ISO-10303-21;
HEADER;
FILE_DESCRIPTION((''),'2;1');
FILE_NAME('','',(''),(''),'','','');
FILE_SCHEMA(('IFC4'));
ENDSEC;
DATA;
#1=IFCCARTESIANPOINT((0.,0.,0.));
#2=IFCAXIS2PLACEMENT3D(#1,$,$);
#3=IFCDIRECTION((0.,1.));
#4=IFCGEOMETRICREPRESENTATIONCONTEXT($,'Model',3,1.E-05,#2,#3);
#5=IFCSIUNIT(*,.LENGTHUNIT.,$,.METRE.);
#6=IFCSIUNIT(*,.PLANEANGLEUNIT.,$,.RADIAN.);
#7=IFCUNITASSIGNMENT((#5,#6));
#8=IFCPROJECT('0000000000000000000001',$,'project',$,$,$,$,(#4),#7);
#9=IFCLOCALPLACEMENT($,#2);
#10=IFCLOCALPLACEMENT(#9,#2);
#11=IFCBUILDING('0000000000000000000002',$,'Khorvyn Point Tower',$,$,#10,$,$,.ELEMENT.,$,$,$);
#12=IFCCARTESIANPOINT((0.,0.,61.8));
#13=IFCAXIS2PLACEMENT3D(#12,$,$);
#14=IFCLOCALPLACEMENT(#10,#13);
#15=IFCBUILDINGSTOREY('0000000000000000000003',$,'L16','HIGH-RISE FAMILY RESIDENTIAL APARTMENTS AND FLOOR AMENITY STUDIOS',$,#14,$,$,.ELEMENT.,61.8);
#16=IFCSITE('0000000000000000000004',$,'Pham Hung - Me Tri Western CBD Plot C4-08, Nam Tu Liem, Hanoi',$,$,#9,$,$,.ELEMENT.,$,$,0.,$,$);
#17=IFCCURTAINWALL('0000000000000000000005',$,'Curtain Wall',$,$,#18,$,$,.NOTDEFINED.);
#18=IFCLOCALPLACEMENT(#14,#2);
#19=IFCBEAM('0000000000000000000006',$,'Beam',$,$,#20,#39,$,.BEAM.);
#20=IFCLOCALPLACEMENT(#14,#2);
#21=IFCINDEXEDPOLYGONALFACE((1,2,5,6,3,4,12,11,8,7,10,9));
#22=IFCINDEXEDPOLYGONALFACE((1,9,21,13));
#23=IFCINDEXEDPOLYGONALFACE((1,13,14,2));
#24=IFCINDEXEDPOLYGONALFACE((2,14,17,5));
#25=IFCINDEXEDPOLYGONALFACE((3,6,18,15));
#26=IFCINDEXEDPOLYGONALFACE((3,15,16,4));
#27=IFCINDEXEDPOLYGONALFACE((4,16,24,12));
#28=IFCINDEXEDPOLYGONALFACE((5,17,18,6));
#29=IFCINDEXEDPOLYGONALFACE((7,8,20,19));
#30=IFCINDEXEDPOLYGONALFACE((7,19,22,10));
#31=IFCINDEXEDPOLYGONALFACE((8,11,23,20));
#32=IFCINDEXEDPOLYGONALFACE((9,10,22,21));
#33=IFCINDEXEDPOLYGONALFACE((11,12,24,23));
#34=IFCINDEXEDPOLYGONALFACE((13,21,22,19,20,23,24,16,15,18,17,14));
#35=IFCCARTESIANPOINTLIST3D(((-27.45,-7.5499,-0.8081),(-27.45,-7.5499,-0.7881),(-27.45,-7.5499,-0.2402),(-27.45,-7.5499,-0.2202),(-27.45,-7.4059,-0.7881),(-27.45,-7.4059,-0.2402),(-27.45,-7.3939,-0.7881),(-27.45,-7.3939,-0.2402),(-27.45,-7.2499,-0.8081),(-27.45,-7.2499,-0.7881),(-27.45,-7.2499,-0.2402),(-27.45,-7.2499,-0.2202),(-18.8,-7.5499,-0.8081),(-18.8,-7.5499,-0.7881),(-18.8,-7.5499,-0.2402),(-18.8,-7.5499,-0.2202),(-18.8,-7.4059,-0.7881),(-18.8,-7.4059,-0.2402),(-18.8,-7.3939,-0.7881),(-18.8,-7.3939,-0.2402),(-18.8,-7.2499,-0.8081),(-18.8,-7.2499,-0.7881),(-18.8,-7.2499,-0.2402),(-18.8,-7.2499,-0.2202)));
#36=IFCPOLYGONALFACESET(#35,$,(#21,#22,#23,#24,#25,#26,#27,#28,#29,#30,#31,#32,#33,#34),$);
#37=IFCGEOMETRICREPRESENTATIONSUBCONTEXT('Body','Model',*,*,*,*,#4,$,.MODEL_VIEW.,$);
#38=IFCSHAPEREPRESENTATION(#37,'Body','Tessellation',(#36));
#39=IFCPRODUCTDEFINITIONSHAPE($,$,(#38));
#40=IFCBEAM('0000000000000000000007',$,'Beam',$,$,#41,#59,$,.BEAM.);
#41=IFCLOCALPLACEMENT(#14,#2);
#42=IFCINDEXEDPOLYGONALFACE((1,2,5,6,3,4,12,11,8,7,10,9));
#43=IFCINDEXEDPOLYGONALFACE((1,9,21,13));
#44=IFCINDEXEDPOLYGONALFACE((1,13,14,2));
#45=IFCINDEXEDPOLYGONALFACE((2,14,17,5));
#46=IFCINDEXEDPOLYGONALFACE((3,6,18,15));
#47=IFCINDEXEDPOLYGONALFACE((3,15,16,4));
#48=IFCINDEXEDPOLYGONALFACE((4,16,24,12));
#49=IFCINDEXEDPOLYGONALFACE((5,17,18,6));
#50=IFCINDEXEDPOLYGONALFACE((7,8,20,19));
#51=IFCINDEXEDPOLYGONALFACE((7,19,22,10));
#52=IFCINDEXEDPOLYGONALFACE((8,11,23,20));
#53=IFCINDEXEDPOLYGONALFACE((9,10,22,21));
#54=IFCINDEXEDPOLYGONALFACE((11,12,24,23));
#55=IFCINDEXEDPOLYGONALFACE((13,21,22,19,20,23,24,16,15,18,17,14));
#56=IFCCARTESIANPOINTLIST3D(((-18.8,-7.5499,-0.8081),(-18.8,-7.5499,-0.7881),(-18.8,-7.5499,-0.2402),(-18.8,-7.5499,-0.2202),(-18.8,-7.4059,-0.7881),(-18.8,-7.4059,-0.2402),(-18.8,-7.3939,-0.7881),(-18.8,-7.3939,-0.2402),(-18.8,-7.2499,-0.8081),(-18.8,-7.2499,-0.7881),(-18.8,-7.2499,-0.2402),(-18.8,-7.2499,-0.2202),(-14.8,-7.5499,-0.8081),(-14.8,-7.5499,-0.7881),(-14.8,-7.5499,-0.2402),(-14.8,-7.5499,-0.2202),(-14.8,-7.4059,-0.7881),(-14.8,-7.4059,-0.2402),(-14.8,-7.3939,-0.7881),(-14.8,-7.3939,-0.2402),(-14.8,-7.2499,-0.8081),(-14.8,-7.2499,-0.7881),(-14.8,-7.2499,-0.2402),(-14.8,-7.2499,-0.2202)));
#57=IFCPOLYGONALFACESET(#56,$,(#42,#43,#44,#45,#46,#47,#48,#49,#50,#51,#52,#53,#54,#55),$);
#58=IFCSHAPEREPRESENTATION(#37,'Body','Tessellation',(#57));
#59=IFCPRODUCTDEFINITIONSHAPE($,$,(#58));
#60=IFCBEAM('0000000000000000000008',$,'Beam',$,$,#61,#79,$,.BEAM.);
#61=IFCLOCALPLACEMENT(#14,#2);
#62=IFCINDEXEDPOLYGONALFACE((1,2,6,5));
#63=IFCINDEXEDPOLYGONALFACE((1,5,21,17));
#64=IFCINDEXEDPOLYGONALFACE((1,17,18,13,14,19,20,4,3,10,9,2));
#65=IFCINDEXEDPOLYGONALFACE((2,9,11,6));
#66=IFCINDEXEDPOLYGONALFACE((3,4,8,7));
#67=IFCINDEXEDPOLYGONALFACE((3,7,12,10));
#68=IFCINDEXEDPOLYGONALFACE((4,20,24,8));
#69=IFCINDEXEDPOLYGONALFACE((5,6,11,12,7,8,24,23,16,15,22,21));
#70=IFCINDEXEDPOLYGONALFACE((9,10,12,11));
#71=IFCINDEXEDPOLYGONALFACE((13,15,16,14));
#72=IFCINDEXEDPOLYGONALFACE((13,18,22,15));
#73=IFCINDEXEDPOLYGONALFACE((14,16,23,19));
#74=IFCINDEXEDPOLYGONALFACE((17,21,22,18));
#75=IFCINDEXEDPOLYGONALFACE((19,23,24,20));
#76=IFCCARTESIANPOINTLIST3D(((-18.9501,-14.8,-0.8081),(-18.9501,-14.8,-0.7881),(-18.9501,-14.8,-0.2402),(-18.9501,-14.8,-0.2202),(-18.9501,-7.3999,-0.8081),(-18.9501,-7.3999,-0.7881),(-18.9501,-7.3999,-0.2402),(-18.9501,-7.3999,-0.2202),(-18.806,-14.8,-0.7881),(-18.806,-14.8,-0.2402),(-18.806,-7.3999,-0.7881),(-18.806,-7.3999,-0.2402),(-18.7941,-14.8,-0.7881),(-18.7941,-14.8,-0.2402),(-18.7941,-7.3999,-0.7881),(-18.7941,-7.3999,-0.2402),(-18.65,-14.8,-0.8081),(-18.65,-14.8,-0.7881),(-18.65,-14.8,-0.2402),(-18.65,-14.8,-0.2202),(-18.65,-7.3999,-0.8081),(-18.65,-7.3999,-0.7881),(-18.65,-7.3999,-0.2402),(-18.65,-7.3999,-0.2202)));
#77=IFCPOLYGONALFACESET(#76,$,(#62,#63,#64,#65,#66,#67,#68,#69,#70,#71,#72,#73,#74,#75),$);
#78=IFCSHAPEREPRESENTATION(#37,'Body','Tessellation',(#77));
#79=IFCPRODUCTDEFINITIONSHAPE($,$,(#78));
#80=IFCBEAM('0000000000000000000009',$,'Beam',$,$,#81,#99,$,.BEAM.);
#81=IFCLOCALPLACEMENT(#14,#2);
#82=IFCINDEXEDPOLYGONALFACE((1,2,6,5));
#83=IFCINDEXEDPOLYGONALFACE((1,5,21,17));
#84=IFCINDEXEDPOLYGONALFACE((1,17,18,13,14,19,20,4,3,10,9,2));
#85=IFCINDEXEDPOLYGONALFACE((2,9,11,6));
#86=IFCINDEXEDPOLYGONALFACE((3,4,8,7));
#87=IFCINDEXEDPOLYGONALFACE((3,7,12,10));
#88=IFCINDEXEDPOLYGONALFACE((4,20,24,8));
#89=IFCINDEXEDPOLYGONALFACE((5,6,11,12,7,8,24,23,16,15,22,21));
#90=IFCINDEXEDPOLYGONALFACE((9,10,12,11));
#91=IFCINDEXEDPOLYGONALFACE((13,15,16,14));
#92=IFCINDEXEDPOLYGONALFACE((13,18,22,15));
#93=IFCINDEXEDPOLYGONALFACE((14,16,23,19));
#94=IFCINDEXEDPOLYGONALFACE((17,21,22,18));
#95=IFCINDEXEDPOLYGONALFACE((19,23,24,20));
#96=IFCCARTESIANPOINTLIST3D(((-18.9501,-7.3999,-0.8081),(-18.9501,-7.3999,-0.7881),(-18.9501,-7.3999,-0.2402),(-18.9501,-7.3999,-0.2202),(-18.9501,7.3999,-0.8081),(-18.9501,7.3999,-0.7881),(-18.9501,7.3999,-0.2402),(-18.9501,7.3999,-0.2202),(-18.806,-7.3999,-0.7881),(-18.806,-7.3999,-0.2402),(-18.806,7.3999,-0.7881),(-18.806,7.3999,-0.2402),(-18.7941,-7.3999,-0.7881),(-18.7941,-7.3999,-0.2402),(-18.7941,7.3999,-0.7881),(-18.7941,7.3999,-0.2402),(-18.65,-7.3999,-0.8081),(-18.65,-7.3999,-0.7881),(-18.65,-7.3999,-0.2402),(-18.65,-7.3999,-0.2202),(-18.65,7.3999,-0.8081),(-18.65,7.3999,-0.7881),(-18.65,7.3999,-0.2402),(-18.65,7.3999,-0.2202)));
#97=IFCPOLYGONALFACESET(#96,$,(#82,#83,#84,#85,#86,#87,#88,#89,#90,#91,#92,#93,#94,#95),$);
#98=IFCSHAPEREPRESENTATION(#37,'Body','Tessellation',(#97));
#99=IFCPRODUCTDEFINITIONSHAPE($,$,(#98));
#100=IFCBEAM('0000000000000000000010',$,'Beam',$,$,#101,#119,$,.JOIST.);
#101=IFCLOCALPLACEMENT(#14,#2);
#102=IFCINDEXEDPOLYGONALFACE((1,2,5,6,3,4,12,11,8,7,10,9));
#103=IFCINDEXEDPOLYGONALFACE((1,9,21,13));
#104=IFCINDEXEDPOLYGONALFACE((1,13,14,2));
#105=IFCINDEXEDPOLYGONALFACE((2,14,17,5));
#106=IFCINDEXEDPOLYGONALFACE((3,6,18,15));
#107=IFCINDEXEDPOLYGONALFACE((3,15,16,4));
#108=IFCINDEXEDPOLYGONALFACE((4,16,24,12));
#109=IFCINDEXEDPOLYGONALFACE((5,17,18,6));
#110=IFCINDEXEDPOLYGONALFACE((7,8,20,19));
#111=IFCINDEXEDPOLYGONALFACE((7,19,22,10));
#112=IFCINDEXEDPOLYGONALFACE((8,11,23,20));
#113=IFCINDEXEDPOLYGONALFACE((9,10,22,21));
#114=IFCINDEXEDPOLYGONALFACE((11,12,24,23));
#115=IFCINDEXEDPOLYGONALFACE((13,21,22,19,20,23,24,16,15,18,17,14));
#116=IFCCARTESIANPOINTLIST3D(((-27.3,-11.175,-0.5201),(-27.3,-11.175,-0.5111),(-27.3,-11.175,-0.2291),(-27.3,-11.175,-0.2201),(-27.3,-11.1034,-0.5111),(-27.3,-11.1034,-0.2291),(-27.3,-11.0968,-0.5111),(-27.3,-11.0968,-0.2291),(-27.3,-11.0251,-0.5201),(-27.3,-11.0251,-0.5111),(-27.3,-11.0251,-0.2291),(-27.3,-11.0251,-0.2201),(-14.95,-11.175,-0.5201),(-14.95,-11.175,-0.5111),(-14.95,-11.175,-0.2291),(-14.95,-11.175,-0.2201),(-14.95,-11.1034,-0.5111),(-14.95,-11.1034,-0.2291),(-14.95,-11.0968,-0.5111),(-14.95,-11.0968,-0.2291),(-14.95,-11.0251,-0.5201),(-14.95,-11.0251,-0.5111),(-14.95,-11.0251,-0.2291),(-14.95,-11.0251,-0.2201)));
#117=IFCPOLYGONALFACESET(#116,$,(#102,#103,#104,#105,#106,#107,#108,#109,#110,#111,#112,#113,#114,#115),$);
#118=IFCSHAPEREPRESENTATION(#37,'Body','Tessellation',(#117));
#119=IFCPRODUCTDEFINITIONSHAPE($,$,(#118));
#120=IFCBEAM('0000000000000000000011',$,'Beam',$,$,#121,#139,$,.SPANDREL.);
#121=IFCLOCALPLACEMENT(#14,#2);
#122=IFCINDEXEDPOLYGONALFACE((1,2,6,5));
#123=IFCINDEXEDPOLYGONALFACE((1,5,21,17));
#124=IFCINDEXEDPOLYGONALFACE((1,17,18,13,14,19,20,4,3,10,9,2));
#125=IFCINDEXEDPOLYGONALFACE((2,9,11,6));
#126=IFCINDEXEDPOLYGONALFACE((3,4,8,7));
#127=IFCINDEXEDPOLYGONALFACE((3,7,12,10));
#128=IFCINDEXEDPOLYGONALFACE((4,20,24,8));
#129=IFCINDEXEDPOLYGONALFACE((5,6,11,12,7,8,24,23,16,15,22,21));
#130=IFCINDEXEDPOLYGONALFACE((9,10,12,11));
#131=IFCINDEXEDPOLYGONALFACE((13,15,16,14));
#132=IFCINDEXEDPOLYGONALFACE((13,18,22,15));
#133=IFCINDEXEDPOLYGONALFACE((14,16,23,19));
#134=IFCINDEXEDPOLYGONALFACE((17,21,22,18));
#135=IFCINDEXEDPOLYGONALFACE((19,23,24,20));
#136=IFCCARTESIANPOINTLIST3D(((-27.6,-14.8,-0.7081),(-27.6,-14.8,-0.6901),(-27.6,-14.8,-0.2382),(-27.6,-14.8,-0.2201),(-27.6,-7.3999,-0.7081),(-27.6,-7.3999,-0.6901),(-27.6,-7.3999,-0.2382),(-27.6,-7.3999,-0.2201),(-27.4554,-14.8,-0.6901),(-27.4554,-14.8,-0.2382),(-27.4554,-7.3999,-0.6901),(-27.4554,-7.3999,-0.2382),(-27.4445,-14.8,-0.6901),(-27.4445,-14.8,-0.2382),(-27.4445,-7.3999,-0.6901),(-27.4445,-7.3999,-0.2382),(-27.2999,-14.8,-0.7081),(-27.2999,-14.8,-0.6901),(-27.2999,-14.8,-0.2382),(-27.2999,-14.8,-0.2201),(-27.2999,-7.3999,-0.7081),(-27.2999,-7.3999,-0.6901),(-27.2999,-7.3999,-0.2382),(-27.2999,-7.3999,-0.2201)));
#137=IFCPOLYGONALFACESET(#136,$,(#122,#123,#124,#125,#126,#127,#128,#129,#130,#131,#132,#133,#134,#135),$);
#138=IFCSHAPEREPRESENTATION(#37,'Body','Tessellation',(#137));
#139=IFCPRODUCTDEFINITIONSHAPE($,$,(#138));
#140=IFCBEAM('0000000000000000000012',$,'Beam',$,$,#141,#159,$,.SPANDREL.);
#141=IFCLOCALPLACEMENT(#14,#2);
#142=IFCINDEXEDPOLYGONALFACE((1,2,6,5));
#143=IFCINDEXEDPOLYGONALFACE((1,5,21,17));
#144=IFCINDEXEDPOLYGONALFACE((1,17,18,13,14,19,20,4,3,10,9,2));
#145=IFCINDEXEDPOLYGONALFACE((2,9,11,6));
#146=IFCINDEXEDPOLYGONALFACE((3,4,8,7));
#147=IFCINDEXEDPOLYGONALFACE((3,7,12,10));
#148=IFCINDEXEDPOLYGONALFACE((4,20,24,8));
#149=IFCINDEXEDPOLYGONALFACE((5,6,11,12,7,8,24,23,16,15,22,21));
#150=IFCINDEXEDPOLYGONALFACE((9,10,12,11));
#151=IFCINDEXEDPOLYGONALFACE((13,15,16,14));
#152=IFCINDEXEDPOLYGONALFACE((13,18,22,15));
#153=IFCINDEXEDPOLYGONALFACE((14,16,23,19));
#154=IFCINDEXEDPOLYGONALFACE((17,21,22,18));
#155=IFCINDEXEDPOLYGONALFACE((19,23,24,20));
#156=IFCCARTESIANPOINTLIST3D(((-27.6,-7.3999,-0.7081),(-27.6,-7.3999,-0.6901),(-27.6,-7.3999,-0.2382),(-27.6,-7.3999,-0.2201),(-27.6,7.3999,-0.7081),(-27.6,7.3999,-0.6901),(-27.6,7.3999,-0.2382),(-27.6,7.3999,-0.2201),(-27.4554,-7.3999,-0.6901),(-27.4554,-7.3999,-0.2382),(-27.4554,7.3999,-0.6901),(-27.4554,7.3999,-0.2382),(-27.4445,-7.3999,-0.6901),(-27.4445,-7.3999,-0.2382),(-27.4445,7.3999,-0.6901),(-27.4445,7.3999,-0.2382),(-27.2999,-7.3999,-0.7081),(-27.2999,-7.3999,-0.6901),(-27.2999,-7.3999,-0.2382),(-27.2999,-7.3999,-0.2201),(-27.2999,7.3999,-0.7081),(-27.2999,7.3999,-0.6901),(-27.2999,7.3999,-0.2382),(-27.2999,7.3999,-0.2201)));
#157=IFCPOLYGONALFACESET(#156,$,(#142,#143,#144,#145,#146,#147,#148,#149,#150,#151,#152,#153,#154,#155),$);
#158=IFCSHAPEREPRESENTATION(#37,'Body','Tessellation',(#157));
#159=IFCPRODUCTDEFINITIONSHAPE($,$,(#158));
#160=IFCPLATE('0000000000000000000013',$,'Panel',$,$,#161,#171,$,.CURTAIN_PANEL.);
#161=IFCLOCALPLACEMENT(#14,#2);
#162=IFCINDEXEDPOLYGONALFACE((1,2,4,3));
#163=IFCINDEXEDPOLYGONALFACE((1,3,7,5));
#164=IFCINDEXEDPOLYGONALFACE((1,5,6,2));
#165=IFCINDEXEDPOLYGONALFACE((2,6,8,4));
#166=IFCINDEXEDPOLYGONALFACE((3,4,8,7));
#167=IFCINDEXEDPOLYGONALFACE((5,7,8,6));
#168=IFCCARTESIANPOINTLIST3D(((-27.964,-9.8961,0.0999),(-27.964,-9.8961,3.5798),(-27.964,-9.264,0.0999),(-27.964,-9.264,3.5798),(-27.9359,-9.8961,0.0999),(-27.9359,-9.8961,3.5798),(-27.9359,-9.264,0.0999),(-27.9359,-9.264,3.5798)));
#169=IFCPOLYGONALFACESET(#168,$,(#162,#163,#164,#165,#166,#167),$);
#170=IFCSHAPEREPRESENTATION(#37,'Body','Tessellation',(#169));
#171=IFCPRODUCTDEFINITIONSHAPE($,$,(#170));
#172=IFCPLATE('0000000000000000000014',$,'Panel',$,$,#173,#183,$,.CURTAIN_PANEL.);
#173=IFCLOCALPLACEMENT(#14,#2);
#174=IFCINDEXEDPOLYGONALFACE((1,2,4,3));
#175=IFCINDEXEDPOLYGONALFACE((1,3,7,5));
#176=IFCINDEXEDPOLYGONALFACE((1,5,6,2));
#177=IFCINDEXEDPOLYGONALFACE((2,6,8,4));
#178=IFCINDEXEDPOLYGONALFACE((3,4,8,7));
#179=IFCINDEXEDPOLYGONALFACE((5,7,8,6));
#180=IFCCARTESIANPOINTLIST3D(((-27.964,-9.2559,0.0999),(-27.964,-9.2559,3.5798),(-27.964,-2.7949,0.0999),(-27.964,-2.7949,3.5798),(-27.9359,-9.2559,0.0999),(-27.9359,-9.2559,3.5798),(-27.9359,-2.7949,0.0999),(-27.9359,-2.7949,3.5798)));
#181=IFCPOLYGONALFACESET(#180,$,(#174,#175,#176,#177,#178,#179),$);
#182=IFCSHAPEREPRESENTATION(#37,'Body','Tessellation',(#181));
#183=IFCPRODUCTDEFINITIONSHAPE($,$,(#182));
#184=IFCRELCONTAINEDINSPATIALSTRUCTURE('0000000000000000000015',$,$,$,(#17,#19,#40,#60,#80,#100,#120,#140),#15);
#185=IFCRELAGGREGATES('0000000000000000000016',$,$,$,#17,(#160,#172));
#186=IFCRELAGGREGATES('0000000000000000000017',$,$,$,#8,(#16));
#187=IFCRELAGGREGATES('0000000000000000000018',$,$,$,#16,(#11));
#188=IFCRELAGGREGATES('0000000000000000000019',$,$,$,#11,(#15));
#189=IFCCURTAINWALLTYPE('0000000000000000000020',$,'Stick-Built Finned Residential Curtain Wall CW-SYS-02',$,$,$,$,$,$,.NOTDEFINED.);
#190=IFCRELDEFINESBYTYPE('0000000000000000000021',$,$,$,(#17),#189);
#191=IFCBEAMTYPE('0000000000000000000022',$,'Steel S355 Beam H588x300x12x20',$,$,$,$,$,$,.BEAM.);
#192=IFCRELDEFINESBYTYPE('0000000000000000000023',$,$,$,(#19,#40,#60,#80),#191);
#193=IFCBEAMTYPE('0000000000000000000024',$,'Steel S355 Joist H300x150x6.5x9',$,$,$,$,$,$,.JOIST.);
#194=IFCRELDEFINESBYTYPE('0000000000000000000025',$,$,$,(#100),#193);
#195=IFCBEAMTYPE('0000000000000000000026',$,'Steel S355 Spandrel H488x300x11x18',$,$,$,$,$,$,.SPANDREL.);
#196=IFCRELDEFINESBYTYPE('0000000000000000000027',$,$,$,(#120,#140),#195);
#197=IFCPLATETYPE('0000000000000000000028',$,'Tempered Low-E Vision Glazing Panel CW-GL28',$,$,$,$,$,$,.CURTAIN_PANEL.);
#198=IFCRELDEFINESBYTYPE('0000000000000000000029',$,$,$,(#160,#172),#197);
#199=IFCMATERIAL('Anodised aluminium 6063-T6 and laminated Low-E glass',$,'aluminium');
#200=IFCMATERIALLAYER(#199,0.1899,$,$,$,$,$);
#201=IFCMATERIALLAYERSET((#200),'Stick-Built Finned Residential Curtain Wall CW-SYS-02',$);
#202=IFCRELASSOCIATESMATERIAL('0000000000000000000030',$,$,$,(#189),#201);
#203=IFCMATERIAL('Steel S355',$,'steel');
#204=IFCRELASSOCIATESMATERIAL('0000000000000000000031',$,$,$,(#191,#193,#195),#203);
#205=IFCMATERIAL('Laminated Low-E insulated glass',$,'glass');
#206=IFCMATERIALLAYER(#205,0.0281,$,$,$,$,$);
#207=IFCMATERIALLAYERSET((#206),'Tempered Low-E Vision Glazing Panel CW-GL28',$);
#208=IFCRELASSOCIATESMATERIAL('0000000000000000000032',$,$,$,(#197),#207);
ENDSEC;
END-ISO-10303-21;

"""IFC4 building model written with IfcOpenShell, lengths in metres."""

from ifc_helpers import new_model, si_unit, direction, frame, origin, origin_2d, place, context, subcontext, project, spatial, rectangle, i_section, extrude, material, layer, layer_set, material_profile, profile_set, type_object, element, aggregate, save


model = new_model("IFC4")

# Units and contexts
model_context = context("Model", 3, precision=1e-05, world=origin(), true_north=direction((0.0, 1.0)))
body_context = subcontext(model_context, "Body", "Model", "MODEL_VIEW")
ifc_project = project(units=[si_unit("LENGTHUNIT", "METRE"), si_unit("PLANEANGLEUNIT", "RADIAN")], contexts=[model_context])

# Site, building, storey
site_placement = place(None, origin())
site = spatial("IfcSite", under=ifc_project, at=site_placement, Name="Pham Hung - Me Tri Western CBD Plot C4-08, Nam Tu Liem, Hanoi", CompositionType="ELEMENT", RefElevation=0.0)
building_placement = place(site_placement, origin())
building = spatial("IfcBuilding", under=site, at=building_placement, Name="Khorvyn Point Tower", CompositionType="ELEMENT")
storey_placement = place(building_placement, frame((0.0, 0.0, 61.8)))
storey = spatial("IfcBuildingStorey", under=building, at=storey_placement, Name="L16", Description="HIGH-RISE FAMILY RESIDENTIAL APARTMENTS AND FLOOR AMENITY STUDIOS", CompositionType="ELEMENT", Elevation=61.8)

# Shared definitions
ifc_material_1 = material(Name="Anodised aluminium 6063-T6 and laminated Low-E glass", Category="aluminium")
ifc_layer_1 = layer(ifc_material_1, 0.1899)
ifc_layer_set_1 = layer_set([ifc_layer_1], Name="Stick-Built Finned Residential Curtain Wall CW-SYS-02")
curtain_wall_type = type_object("IfcCurtainWallType", Name="Stick-Built Finned Residential Curtain Wall CW-SYS-02", PredefinedType="NOTDEFINED", material=ifc_layer_set_1)

# Curtain wall
curtain_wall_1_placement = place(storey_placement, origin())
curtain_wall_1 = element("IfcCurtainWall", 1, at=curtain_wall_1_placement, inside=storey, type_object=curtain_wall_type, Name="Curtain Wall", PredefinedType="NOTDEFINED")

# Beams
ifc_material_2 = material(Name="Steel S355", Category="steel")
ifc_material_profile_1 = material_profile(ifc_material_2, i_section(OverallWidth=0.3, OverallDepth=0.5879, WebThickness=0.012, FlangeThickness=0.02, at=origin_2d()))
ifc_profile_set_1 = profile_set([ifc_material_profile_1], Name="Steel S355 H588x300x12x20")
beam_type_1 = type_object("IfcBeamType", Name="Steel S355 Beam H588x300x12x20", PredefinedType="BEAM", material=ifc_profile_set_1)
beam_1_placement = place(storey_placement, frame((-27.45, -7.3999, -0.5142), z_axis=(1.0, 0.0, 0.0), x_axis=(0.0, 1.0, 0.0)))
element("IfcBeam", 2, at=beam_1_placement, inside=storey, type_object=beam_type_1, Name="Beam", PredefinedType="BEAM", context=body_context, shape_type="SweptSolid", body=[
    extrude(i_section(OverallWidth=0.3, OverallDepth=0.5879, WebThickness=0.012, FlangeThickness=0.02, at=origin_2d()), origin(), (0.0, 0.0, 1.0), 8.6499),
])
beam_2_placement = place(storey_placement, frame((-18.8, -7.3999, -0.5142), z_axis=(1.0, 0.0, 0.0), x_axis=(0.0, 1.0, 0.0)))
element("IfcBeam", 3, at=beam_2_placement, inside=storey, type_object=beam_type_1, Name="Beam", PredefinedType="BEAM", context=body_context, shape_type="SweptSolid", body=[
    extrude(i_section(OverallWidth=0.3, OverallDepth=0.5879, WebThickness=0.012, FlangeThickness=0.02, at=origin_2d()), origin(), (0.0, 0.0, 1.0), 4.0),
])
beam_3_placement = place(storey_placement, frame((-18.8, -14.8, -0.5142), z_axis=(0.0, 1.0, 0.0), x_axis=(-1.0, 0.0, 0.0)))
element("IfcBeam", 4, at=beam_3_placement, inside=storey, type_object=beam_type_1, Name="Beam", PredefinedType="BEAM", context=body_context, shape_type="SweptSolid", body=[
    extrude(i_section(OverallWidth=0.3, OverallDepth=0.5879, WebThickness=0.012, FlangeThickness=0.02, at=origin_2d()), origin(), (0.0, 0.0, 1.0), 7.4001),
])
beam_4_placement = place(storey_placement, frame((-18.8, -7.3999, -0.5142), z_axis=(0.0, 1.0, 0.0), x_axis=(-1.0, 0.0, 0.0)))
element("IfcBeam", 5, at=beam_4_placement, inside=storey, type_object=beam_type_1, Name="Beam", PredefinedType="BEAM", context=body_context, shape_type="SweptSolid", body=[
    extrude(i_section(OverallWidth=0.3, OverallDepth=0.5879, WebThickness=0.012, FlangeThickness=0.02, at=origin_2d()), origin(), (0.0, 0.0, 1.0), 14.7998),
])
ifc_material_profile_2 = material_profile(ifc_material_2, i_section(OverallWidth=0.1499, OverallDepth=0.3, WebThickness=0.0066, FlangeThickness=0.009, at=origin_2d()))
ifc_profile_set_2 = profile_set([ifc_material_profile_2], Name="Steel S355 H300x150x6.5x9")
beam_type_2 = type_object("IfcBeamType", Name="Steel S355 Joist H300x150x6.5x9", PredefinedType="JOIST", material=ifc_profile_set_2)
beam_5_placement = place(storey_placement, frame((-27.3, -11.1001, -0.3701), z_axis=(1.0, 0.0, 0.0), x_axis=(0.0, 1.0, 0.0)))
element("IfcBeam", 6, at=beam_5_placement, inside=storey, type_object=beam_type_2, Name="Beam", PredefinedType="JOIST", context=body_context, shape_type="SweptSolid", body=[
    extrude(i_section(OverallWidth=0.1499, OverallDepth=0.3, WebThickness=0.0066, FlangeThickness=0.009, at=origin_2d()), origin(), (0.0, 0.0, 1.0), 12.3501),
])
ifc_material_profile_3 = material_profile(ifc_material_2, i_section(OverallWidth=0.3, OverallDepth=0.488, WebThickness=0.011, FlangeThickness=0.0181, at=origin_2d()))
ifc_profile_set_3 = profile_set([ifc_material_profile_3], Name="Steel S355 H488x300x11x18")
beam_type_3 = type_object("IfcBeamType", Name="Steel S355 Spandrel H488x300x11x18", PredefinedType="SPANDREL", material=ifc_profile_set_3)
beam_6_placement = place(storey_placement, frame((-27.45, -14.8, -0.4641), z_axis=(0.0, 1.0, 0.0), x_axis=(-1.0, 0.0, 0.0)))
element("IfcBeam", 7, at=beam_6_placement, inside=storey, type_object=beam_type_3, Name="Beam", PredefinedType="SPANDREL", context=body_context, shape_type="SweptSolid", body=[
    extrude(i_section(OverallWidth=0.3, OverallDepth=0.488, WebThickness=0.011, FlangeThickness=0.0181, at=origin_2d()), origin(), (0.0, 0.0, 1.0), 7.4001),
])
beam_7_placement = place(storey_placement, frame((-27.45, -7.3999, -0.4641), z_axis=(0.0, 1.0, 0.0), x_axis=(-1.0, 0.0, 0.0)))
element("IfcBeam", 8, at=beam_7_placement, inside=storey, type_object=beam_type_3, Name="Beam", PredefinedType="SPANDREL", context=body_context, shape_type="SweptSolid", body=[
    extrude(i_section(OverallWidth=0.3, OverallDepth=0.488, WebThickness=0.011, FlangeThickness=0.0181, at=origin_2d()), origin(), (0.0, 0.0, 1.0), 14.7998),
])

# Plates
ifc_material_3 = material(Name="Laminated Low-E insulated glass", Category="glass")
ifc_layer_2 = layer(ifc_material_3, 0.0281)
ifc_layer_set_2 = layer_set([ifc_layer_2], Name="Tempered Low-E Vision Glazing Panel CW-GL28")
plate_type = type_object("IfcPlateType", Name="Tempered Low-E Vision Glazing Panel CW-GL28", PredefinedType="CURTAIN_PANEL", material=ifc_layer_set_2)
plate_1_placement = place(storey_placement, frame((-27.95, -9.5801, 0.0999), z_axis=(0.0, 0.0, 1.0), x_axis=(0.0, 1.0, 0.0)))
plate_1 = element("IfcPlate", 9, at=plate_1_placement, type_object=plate_type, Name="Panel", PredefinedType="CURTAIN_PANEL", context=body_context, shape_type="SweptSolid", body=[
    extrude(rectangle(XDim=0.6321, YDim=0.0281, at=origin_2d()), origin(), (0.0, 0.0, 1.0), 3.48),
])
plate_2_placement = place(storey_placement, frame((-27.95, -6.0254, 0.0999), z_axis=(0.0, 0.0, 1.0), x_axis=(0.0, 1.0, 0.0)))
plate_2 = element("IfcPlate", 10, at=plate_2_placement, type_object=plate_type, Name="Panel", PredefinedType="CURTAIN_PANEL", context=body_context, shape_type="SweptSolid", body=[
    extrude(rectangle(XDim=6.4609, YDim=0.0281, at=origin_2d()), origin(), (0.0, 0.0, 1.0), 3.48),
])
aggregate(curtain_wall_1, [plate_1, plate_2])

save(model, "model.ifc")
